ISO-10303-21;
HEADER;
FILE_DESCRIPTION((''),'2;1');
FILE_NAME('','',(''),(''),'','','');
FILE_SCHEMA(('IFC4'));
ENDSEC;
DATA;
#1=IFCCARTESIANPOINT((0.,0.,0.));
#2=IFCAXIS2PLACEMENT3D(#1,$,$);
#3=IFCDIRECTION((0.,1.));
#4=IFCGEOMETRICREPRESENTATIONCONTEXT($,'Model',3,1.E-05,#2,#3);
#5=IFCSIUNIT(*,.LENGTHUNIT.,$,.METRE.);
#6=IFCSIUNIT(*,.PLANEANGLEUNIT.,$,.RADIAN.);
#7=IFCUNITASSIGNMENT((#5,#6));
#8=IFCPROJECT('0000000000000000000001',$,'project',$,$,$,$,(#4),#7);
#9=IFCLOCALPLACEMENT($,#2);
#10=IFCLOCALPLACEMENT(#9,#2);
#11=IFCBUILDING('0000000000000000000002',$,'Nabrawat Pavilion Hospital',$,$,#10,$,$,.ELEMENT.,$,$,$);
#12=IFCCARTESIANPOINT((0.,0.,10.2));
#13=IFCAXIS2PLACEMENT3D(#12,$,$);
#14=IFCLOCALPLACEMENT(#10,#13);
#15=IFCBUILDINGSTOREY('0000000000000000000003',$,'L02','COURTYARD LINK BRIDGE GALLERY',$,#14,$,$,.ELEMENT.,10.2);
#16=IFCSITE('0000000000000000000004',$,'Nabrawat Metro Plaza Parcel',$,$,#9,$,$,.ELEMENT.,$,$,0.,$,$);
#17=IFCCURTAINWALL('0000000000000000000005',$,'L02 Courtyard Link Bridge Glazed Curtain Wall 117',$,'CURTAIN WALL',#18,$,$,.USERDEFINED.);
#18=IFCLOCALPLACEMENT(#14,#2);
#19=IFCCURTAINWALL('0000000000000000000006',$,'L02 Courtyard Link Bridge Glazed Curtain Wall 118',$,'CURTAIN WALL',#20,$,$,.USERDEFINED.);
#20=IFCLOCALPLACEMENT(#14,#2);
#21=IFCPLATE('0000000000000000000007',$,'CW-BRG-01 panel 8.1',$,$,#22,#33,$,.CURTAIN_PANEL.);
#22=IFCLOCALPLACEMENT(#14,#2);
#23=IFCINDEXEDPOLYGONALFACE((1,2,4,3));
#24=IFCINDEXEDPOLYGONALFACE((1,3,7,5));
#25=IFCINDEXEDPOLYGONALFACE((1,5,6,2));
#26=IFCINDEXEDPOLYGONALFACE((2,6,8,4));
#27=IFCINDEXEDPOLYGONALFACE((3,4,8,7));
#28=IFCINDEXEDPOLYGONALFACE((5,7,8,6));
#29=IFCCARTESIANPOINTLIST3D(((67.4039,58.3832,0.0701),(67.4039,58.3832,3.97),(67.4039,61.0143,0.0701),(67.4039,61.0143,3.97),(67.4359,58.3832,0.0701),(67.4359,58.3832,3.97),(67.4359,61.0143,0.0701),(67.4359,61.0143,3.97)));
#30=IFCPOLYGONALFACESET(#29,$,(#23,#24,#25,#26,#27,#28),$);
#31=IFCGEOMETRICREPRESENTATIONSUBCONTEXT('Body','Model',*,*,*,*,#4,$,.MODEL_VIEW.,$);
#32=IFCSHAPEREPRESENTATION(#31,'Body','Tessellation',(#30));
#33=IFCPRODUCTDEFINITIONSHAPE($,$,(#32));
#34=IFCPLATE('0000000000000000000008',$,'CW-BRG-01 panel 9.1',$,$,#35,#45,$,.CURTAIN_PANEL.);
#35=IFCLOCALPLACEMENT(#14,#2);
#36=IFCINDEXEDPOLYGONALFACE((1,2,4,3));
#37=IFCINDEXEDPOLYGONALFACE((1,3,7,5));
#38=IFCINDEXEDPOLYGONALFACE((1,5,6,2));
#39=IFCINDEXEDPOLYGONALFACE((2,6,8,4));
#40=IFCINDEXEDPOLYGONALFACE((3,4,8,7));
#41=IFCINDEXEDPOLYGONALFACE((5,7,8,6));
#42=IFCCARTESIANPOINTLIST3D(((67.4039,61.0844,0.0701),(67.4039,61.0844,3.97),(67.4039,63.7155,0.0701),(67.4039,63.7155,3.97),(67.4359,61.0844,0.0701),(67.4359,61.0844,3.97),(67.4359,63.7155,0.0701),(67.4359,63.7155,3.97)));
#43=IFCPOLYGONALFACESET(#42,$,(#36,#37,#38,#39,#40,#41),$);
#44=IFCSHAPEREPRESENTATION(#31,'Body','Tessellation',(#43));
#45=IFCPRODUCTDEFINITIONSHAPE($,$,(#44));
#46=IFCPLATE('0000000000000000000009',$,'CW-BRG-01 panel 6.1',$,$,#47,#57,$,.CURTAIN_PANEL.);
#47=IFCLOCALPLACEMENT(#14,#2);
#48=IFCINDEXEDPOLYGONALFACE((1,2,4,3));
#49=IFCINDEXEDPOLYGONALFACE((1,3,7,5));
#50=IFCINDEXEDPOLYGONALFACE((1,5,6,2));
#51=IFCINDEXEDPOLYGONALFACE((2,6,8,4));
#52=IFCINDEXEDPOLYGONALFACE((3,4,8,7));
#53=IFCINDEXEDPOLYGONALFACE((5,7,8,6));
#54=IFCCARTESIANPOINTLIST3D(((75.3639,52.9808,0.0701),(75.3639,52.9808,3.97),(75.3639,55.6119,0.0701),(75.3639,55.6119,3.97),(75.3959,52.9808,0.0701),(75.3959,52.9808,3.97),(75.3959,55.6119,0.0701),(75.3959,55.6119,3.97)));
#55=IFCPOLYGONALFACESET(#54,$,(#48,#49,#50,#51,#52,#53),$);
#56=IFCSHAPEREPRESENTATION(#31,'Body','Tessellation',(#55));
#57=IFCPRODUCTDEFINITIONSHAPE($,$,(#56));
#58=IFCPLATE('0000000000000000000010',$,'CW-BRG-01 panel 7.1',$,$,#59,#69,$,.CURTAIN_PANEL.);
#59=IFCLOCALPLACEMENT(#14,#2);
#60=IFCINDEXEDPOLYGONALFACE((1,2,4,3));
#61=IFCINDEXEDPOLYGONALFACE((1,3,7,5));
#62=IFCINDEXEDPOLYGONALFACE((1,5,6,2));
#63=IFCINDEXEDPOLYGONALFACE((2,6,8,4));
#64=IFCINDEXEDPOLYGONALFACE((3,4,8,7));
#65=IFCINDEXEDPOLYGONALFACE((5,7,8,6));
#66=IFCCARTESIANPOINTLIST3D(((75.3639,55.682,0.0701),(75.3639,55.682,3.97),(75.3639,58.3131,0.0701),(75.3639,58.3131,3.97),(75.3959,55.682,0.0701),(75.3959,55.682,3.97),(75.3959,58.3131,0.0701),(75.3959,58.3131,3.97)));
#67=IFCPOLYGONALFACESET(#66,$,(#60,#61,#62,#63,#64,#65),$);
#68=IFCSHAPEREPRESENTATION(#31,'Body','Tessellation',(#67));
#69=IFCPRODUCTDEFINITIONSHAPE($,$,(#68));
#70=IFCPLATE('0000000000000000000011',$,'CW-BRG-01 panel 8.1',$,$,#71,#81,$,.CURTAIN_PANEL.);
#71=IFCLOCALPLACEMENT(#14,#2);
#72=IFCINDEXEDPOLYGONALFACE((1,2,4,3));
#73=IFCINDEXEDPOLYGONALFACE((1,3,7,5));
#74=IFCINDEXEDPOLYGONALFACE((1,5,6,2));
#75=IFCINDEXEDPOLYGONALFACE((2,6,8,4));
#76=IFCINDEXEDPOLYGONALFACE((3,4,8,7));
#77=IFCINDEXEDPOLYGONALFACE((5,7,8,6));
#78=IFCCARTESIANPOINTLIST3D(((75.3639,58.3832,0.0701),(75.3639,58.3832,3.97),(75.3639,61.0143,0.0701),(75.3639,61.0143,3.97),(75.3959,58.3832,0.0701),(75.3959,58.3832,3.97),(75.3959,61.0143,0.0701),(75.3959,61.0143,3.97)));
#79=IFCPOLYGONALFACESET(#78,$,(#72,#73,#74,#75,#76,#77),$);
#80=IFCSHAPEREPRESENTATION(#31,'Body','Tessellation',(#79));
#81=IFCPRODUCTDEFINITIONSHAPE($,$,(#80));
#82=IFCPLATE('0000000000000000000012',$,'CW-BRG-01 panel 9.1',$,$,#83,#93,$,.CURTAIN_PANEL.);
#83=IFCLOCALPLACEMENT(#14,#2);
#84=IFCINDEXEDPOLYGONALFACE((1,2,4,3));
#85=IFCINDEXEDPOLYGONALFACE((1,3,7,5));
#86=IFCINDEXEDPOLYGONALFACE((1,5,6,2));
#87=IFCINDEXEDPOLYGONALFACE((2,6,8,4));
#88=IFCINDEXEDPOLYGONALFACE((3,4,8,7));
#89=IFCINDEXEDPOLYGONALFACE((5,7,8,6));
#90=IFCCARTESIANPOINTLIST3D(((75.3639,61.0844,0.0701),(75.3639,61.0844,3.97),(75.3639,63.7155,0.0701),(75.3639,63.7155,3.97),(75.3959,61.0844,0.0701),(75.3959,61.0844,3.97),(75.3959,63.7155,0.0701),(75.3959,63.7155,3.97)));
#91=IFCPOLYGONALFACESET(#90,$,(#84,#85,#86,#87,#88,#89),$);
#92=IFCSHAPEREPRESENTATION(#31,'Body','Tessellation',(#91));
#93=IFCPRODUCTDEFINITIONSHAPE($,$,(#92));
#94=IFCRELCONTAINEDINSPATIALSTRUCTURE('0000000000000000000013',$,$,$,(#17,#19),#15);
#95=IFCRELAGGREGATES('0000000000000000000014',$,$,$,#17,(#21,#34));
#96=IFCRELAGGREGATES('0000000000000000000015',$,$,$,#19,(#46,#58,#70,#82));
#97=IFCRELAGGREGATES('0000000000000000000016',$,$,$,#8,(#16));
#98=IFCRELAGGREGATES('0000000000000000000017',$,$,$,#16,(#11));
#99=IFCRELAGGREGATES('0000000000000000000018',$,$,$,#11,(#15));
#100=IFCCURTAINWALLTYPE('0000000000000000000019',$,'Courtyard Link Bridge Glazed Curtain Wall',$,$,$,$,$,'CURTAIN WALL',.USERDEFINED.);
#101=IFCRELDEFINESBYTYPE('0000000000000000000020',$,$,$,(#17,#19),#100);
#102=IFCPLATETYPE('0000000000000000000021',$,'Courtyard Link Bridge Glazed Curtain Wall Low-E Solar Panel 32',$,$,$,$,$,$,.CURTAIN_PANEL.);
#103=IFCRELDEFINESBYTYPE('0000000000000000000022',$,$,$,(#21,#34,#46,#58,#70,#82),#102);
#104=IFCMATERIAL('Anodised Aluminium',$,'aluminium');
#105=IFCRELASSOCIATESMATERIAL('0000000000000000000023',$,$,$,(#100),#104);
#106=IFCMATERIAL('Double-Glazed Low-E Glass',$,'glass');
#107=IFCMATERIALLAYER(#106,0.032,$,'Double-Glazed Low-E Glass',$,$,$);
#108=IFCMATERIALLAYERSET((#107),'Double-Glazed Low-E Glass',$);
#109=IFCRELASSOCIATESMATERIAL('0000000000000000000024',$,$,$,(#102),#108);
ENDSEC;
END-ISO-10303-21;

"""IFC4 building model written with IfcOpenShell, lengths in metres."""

from ifc_helpers import new_model, si_unit, direction, frame, origin, origin_2d, place, context, subcontext, project, spatial, rectangle, extrude, material, layer, layer_set, type_object, element, aggregate, save


model = new_model("IFC4")

# Units and contexts
model_context = context("Model", 3, precision=1e-05, world=origin(), true_north=direction((0.0, 1.0)))
body_context = subcontext(model_context, "Body", "Model", "MODEL_VIEW")
ifc_project = project(units=[si_unit("LENGTHUNIT", "METRE"), si_unit("PLANEANGLEUNIT", "RADIAN")], contexts=[model_context])

# Site, building, storey
site_placement = place(None, origin())
site = spatial("IfcSite", under=ifc_project, at=site_placement, Name="Nabrawat Metro Plaza Parcel", CompositionType="ELEMENT", RefElevation=0.0)
building_placement = place(site_placement, origin())
building = spatial("IfcBuilding", under=site, at=building_placement, Name="Nabrawat Pavilion Hospital", CompositionType="ELEMENT")
storey_placement = place(building_placement, frame((0.0, 0.0, 10.2)))
storey = spatial("IfcBuildingStorey", under=building, at=storey_placement, Name="L02", Description="COURTYARD LINK BRIDGE GALLERY", CompositionType="ELEMENT", Elevation=10.2)

# Curtain walls
ifc_material_1 = material(Name="Anodised Aluminium", Category="aluminium")
curtain_wall_type = type_object("IfcCurtainWallType", Name="Courtyard Link Bridge Glazed Curtain Wall", ElementType="CURTAIN WALL", PredefinedType="USERDEFINED", material=ifc_material_1)
curtain_wall_1_placement = place(storey_placement, origin())
curtain_wall_1 = element("IfcCurtainWall", 1, at=curtain_wall_1_placement, inside=storey, type_object=curtain_wall_type, Name="L02 Courtyard Link Bridge Glazed Curtain Wall 117", ObjectType="CURTAIN WALL", PredefinedType="USERDEFINED")
curtain_wall_2_placement = place(storey_placement, origin())
curtain_wall_2 = element("IfcCurtainWall", 2, at=curtain_wall_2_placement, inside=storey, type_object=curtain_wall_type, Name="L02 Courtyard Link Bridge Glazed Curtain Wall 118", ObjectType="CURTAIN WALL", PredefinedType="USERDEFINED")

# Plates
ifc_material_2 = material(Name="Double-Glazed Low-E Glass", Category="glass")
ifc_layer = layer(ifc_material_2, 0.032, Name="Double-Glazed Low-E Glass")
ifc_layer_set = layer_set([ifc_layer], Name="Double-Glazed Low-E Glass")
plate_type = type_object("IfcPlateType", Name="Courtyard Link Bridge Glazed Curtain Wall Low-E Solar Panel 32", PredefinedType="CURTAIN_PANEL", material=ifc_layer_set)
plate_1_placement = place(storey_placement, frame((67.4199, 59.6987, 0.0701), z_axis=(0.0, 0.0, 1.0), x_axis=(0.0, 1.0, 0.0)))
plate_1 = element("IfcPlate", 3, at=plate_1_placement, type_object=plate_type, Name="CW-BRG-01 panel 8.1", PredefinedType="CURTAIN_PANEL", context=body_context, shape_type="SweptSolid", body=[
    extrude(rectangle(XDim=2.6311, YDim=0.032, at=origin_2d()), origin(), (0.0, 0.0, 1.0), 3.8999),
])
plate_2_placement = place(storey_placement, frame((67.4199, 62.3999, 0.0701), z_axis=(0.0, 0.0, 1.0), x_axis=(0.0, 1.0, 0.0)))
plate_2 = element("IfcPlate", 4, at=plate_2_placement, type_object=plate_type, Name="CW-BRG-01 panel 9.1", PredefinedType="CURTAIN_PANEL", context=body_context, shape_type="SweptSolid", body=[
    extrude(rectangle(XDim=2.6311, YDim=0.032, at=origin_2d()), origin(), (0.0, 0.0, 1.0), 3.8999),
])
aggregate(curtain_wall_1, [plate_1, plate_2])
plate_3_placement = place(storey_placement, frame((75.3799, 54.2964, 0.0701), z_axis=(0.0, 0.0, 1.0), x_axis=(0.0, 1.0, 0.0)))
plate_3 = element("IfcPlate", 5, at=plate_3_placement, type_object=plate_type, Name="CW-BRG-01 panel 6.1", PredefinedType="CURTAIN_PANEL", context=body_context, shape_type="SweptSolid", body=[
    extrude(rectangle(XDim=2.6311, YDim=0.032, at=origin_2d()), origin(), (0.0, 0.0, 1.0), 3.8999),
])
plate_4_placement = place(storey_placement, frame((75.3799, 56.9976, 0.0701), z_axis=(0.0, 0.0, 1.0), x_axis=(0.0, 1.0, 0.0)))
plate_4 = element("IfcPlate", 6, at=plate_4_placement, type_object=plate_type, Name="CW-BRG-01 panel 7.1", PredefinedType="CURTAIN_PANEL", context=body_context, shape_type="SweptSolid", body=[
    extrude(rectangle(XDim=2.6311, YDim=0.032, at=origin_2d()), origin(), (0.0, 0.0, 1.0), 3.8999),
])
plate_5_placement = place(storey_placement, frame((75.3799, 59.6987, 0.0701), z_axis=(0.0, 0.0, 1.0), x_axis=(0.0, 1.0, 0.0)))
plate_5 = element("IfcPlate", 7, at=plate_5_placement, type_object=plate_type, Name="CW-BRG-01 panel 8.1", PredefinedType="CURTAIN_PANEL", context=body_context, shape_type="SweptSolid", body=[
    extrude(rectangle(XDim=2.6311, YDim=0.032, at=origin_2d()), origin(), (0.0, 0.0, 1.0), 3.8999),
])
plate_6_placement = place(storey_placement, frame((75.3799, 62.3999, 0.0701), z_axis=(0.0, 0.0, 1.0), x_axis=(0.0, 1.0, 0.0)))
plate_6 = element("IfcPlate", 8, at=plate_6_placement, type_object=plate_type, Name="CW-BRG-01 panel 9.1", PredefinedType="CURTAIN_PANEL", context=body_context, shape_type="SweptSolid", body=[
    extrude(rectangle(XDim=2.6311, YDim=0.032, at=origin_2d()), origin(), (0.0, 0.0, 1.0), 3.8999),
])
aggregate(curtain_wall_2, [plate_3, plate_4, plate_5, plate_6])

save(model, "model.ifc")
